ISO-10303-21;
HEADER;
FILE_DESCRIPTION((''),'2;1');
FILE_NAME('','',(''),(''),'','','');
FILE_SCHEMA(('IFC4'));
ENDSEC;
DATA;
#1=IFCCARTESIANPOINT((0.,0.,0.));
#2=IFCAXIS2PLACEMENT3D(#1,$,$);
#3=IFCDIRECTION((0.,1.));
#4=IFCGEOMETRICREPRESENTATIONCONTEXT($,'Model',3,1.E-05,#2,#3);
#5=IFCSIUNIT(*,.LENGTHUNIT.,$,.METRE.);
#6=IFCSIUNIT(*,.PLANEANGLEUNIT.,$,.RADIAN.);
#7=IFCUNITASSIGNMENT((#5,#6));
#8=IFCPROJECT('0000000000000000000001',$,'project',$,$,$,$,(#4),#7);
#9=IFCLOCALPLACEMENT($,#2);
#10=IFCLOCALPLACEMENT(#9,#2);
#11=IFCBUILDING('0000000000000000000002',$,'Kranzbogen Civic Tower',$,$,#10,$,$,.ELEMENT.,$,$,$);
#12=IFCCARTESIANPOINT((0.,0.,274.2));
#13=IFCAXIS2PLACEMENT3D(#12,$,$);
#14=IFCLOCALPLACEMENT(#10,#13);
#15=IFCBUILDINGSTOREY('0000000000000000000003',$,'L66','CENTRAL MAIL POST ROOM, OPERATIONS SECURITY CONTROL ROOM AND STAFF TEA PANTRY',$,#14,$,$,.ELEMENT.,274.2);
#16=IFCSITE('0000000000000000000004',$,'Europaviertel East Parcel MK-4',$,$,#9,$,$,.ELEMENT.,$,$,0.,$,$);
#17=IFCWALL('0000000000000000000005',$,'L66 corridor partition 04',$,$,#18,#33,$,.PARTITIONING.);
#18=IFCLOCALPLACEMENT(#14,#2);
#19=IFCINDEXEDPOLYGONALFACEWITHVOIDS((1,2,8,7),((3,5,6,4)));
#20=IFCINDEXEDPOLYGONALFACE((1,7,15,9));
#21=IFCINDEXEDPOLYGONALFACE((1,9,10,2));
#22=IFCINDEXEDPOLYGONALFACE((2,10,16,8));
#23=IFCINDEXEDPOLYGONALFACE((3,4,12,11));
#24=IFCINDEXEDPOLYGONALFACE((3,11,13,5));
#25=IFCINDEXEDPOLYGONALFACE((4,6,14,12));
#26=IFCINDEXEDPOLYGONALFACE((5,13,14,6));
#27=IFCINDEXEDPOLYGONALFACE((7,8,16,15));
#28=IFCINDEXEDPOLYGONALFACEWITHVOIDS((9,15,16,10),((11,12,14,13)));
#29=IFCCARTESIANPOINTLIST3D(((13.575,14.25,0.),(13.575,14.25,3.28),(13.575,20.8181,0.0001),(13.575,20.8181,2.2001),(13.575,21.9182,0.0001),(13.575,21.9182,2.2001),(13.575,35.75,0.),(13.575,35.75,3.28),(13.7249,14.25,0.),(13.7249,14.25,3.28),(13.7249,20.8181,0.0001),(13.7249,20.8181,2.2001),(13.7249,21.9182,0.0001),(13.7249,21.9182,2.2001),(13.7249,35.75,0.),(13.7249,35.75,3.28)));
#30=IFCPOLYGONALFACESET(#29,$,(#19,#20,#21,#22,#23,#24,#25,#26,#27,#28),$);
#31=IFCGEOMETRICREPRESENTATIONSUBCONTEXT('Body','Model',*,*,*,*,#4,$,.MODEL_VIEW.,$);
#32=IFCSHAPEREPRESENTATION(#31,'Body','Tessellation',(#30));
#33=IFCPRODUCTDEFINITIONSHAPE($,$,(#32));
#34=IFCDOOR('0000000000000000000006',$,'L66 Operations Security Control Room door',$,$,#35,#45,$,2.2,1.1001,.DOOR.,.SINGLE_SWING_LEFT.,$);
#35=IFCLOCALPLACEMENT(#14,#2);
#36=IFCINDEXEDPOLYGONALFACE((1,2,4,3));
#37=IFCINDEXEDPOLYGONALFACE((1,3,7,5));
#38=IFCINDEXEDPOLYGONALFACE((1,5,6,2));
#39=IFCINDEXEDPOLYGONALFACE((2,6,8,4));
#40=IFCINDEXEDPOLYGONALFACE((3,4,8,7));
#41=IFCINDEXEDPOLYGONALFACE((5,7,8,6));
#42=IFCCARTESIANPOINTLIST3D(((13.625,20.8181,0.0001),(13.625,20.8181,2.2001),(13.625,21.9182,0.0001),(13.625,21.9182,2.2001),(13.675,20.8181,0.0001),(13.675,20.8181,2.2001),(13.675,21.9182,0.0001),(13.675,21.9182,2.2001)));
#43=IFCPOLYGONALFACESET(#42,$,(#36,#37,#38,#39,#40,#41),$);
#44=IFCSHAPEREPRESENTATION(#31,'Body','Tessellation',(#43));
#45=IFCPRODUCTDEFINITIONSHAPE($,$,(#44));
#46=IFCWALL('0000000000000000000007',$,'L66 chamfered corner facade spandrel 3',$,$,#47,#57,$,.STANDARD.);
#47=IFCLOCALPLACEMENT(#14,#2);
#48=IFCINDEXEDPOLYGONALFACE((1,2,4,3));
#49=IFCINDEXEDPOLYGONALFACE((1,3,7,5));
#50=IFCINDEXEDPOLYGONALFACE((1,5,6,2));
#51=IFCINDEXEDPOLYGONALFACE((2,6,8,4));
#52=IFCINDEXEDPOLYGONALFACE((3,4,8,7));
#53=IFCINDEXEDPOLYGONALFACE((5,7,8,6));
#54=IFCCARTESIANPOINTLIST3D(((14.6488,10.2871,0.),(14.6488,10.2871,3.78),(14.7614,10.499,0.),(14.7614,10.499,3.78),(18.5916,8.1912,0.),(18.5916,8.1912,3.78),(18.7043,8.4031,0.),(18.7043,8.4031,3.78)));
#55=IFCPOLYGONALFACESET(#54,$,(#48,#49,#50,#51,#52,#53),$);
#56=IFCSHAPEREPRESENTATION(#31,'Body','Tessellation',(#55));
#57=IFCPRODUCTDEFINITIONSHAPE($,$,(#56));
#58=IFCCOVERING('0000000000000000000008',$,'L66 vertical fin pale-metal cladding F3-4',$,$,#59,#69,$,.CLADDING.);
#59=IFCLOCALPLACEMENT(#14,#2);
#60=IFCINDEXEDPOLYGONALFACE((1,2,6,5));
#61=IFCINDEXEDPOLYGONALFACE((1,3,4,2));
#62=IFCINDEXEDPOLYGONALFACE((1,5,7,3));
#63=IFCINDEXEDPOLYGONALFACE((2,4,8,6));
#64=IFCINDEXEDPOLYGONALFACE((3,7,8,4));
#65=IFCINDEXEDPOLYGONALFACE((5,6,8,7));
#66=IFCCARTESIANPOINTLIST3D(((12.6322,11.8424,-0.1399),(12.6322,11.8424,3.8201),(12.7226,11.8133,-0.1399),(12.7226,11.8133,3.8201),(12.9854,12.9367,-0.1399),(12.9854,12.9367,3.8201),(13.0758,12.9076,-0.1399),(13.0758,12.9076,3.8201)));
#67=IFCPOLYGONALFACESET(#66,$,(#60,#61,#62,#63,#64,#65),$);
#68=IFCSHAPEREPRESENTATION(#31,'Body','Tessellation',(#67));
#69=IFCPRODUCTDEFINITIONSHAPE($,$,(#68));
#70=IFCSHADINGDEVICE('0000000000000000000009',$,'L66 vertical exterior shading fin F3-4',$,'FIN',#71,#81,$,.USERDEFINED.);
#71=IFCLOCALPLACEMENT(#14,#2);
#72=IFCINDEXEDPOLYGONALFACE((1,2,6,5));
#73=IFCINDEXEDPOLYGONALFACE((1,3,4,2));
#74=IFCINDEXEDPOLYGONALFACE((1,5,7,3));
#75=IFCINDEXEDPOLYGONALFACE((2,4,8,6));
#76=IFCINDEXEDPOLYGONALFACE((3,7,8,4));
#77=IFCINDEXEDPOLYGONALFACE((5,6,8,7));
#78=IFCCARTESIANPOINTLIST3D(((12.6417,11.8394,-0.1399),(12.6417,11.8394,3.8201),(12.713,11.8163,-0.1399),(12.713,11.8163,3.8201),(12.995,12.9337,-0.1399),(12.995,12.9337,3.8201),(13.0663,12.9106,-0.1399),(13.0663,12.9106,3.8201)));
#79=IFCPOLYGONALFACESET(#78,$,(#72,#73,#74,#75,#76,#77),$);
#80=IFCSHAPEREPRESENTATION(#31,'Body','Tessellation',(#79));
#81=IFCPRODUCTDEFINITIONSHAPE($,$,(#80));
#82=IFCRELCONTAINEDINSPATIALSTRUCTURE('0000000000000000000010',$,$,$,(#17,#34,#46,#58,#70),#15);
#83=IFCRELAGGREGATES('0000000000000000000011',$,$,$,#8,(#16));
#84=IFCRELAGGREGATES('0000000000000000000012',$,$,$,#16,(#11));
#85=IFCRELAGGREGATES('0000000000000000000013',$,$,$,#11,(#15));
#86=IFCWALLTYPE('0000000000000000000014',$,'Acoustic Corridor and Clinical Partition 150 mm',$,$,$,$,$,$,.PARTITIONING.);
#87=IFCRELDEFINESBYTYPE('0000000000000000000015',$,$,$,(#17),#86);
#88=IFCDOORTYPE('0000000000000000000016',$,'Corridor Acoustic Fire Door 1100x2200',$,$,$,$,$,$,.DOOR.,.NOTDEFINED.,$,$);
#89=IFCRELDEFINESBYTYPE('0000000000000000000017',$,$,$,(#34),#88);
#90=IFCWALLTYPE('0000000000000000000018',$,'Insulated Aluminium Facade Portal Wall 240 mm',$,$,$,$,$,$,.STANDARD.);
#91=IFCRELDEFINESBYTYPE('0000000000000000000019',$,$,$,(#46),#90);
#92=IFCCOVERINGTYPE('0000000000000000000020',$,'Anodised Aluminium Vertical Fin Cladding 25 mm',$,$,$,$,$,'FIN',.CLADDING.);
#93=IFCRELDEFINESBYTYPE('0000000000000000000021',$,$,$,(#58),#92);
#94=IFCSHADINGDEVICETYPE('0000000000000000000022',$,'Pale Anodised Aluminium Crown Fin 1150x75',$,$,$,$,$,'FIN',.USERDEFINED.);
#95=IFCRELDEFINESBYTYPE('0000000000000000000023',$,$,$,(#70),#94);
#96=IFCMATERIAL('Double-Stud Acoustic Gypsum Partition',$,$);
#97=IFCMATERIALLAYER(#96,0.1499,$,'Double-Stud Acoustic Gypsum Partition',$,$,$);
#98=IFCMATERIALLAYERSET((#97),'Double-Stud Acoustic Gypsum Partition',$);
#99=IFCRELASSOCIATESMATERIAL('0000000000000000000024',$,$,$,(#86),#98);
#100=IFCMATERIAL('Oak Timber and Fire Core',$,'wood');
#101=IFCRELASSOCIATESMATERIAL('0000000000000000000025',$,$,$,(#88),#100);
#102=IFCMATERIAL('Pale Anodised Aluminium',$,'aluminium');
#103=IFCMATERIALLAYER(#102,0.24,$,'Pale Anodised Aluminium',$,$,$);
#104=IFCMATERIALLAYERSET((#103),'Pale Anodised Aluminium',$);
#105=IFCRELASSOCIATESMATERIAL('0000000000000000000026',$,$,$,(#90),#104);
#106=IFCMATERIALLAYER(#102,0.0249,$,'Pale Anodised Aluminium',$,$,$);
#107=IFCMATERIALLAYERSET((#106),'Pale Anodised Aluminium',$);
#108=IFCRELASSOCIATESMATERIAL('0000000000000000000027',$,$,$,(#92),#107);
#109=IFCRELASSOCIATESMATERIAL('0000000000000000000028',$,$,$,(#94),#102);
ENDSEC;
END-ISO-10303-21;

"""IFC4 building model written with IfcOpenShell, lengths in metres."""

from ifc_helpers import new_model, si_unit, direction, frame, frame_2d, origin, origin_2d, place, context, subcontext, project, spatial, rectangle, extrude, material, layer, layer_set, type_object, element, fill, save


model = new_model("IFC4")

# Units and contexts
model_context = context("Model", 3, precision=1e-05, world=origin(), true_north=direction((0.0, 1.0)))
body_context = subcontext(model_context, "Body", "Model", "MODEL_VIEW")
ifc_project = project(units=[si_unit("LENGTHUNIT", "METRE"), si_unit("PLANEANGLEUNIT", "RADIAN")], contexts=[model_context])

# Site, building, storey
site_placement = place(None, origin())
site = spatial("IfcSite", under=ifc_project, at=site_placement, Name="Europaviertel East Parcel MK-4", CompositionType="ELEMENT", RefElevation=0.0)
building_placement = place(site_placement, origin())
building = spatial("IfcBuilding", under=site, at=building_placement, Name="Kranzbogen Civic Tower", CompositionType="ELEMENT")
storey_placement = place(building_placement, frame((0.0, 0.0, 274.2)))
storey = spatial("IfcBuildingStorey", under=building, at=storey_placement, Name="L66", Description="CENTRAL MAIL POST ROOM, OPERATIONS SECURITY CONTROL ROOM AND STAFF TEA PANTRY", CompositionType="ELEMENT", Elevation=274.2)

# Shared definitions
ifc_material_1 = material(Name="Pale Anodised Aluminium", Category="aluminium")

# Wall, opening, door
ifc_material_2 = material(Name="Double-Stud Acoustic Gypsum Partition")
ifc_layer_1 = layer(ifc_material_2, 0.1499, Name="Double-Stud Acoustic Gypsum Partition")
ifc_layer_set_1 = layer_set([ifc_layer_1], Name="Double-Stud Acoustic Gypsum Partition")
wall_type_1 = type_object("IfcWallType", Name="Acoustic Corridor and Clinical Partition 150 mm", PredefinedType="PARTITIONING", material=ifc_layer_set_1)
wall_1_placement = place(storey_placement, frame((13.6499, 14.25, 0.0), z_axis=(0.0, 0.0, 1.0), x_axis=(0.0, 1.0, 0.0)))
wall_1 = element("IfcWall", 1, at=wall_1_placement, inside=storey, type_object=wall_type_1, Name="L66 corridor partition 04", PredefinedType="PARTITIONING", context=body_context, shape_type="SweptSolid", body=[
    extrude(rectangle(XDim=21.5, YDim=0.1499, at=frame_2d((10.75, 0.0))), origin(), (0.0, 0.0, 1.0), 3.28),
])
opening_placement = place(wall_1_placement, frame((6.5681, 0.0, 0.0)))
opening = element("IfcOpeningElement", 2, at=opening_placement, cuts=wall_1, PredefinedType="OPENING", context=body_context, shape_type="SweptSolid", body=[
    extrude(rectangle(XDim=1.1001, YDim=2.2, at=frame_2d((0.55, 1.1001))), frame((0.0, 0.085, 0.0), z_axis=(0.0, -1.0, 0.0), x_axis=(1.0, 0.0, 0.0)), (0.0, 0.0, 1.0), 0.1699),
])
ifc_material_3 = material(Name="Oak Timber and Fire Core", Category="wood")
door_type = type_object("IfcDoorType", Name="Corridor Acoustic Fire Door 1100x2200", OperationType="NOTDEFINED", PredefinedType="DOOR", material=ifc_material_3)
door_placement = place(opening_placement, origin())
door = element("IfcDoor", 3, at=door_placement, inside=storey, type_object=door_type, Name="L66 Operations Security Control Room door", OperationType="SINGLE_SWING_LEFT", OverallHeight=2.2, OverallWidth=1.1001, PredefinedType="DOOR", context=body_context, shape_type="SweptSolid", body=[
    extrude(rectangle(XDim=1.1001, YDim=2.2, at=frame_2d((0.55, 1.1001))), frame((0.0, 0.0249, 0.0), z_axis=(0.0, -1.0, 0.0), x_axis=(1.0, 0.0, 0.0)), (0.0, 0.0, 1.0), 0.05),
])
fill(opening, door)

# Wall
ifc_layer_2 = layer(ifc_material_1, 0.24, Name="Pale Anodised Aluminium")
ifc_layer_set_2 = layer_set([ifc_layer_2], Name="Pale Anodised Aluminium")
wall_type_2 = type_object("IfcWallType", Name="Insulated Aluminium Facade Portal Wall 240 mm", PredefinedType="STANDARD", material=ifc_layer_set_2)
wall_2_placement = place(storey_placement, frame((14.7051, 10.3931, 0.0), z_axis=(0.0, 0.0, 1.0), x_axis=(0.882995, -0.469382, 0.0)))
element("IfcWall", 4, at=wall_2_placement, inside=storey, type_object=wall_type_2, Name="L66 chamfered corner facade spandrel 3", PredefinedType="STANDARD", context=body_context, shape_type="SweptSolid", body=[
    extrude(rectangle(XDim=4.4653, YDim=0.24, at=frame_2d((2.2327, 0.0))), origin(), (0.0, 0.0, 1.0), 3.78),
])

# Covering
ifc_layer_3 = layer(ifc_material_1, 0.0249, Name="Pale Anodised Aluminium")
ifc_layer_set_3 = layer_set([ifc_layer_3], Name="Pale Anodised Aluminium")
covering_type_1 = type_object("IfcCoveringType", Name="Anodised Aluminium Vertical Fin Cladding 25 mm", ElementType="FIN", PredefinedType="CLADDING", material=ifc_layer_set_3)
covering_1_placement = place(storey_placement, frame((12.854, 12.375, -0.1399), z_axis=(0.0, 0.0, 1.0), x_axis=(-0.307191, -0.951648, 0.0)))
element("IfcCovering", 5, at=covering_1_placement, inside=storey, type_object=covering_type_1, Name="L66 vertical fin pale-metal cladding F3-4", PredefinedType="CLADDING", context=body_context, shape_type="SweptSolid", body=[
    extrude(rectangle(XDim=1.1499, YDim=0.095, at=origin_2d()), origin(), (0.0, 0.0, 1.0), 3.96),
])

# Shading device
shading_device_type = type_object("IfcShadingDeviceType", Name="Pale Anodised Aluminium Crown Fin 1150x75", ElementType="FIN", PredefinedType="USERDEFINED", material=ifc_material_1)
shading_device_placement = place(storey_placement, frame((12.854, 12.375, -0.1399), z_axis=(0.0, 0.0, 1.0), x_axis=(-0.307191, -0.951648, 0.0)))
element("IfcShadingDevice", 6, at=shading_device_placement, inside=storey, type_object=shading_device_type, Name="L66 vertical exterior shading fin F3-4", ObjectType="FIN", PredefinedType="USERDEFINED", context=body_context, shape_type="SweptSolid", body=[
    extrude(rectangle(XDim=1.1499, YDim=0.075, at=origin_2d()), origin(), (0.0, 0.0, 1.0), 3.96),
])

save(model, "model.ifc")
